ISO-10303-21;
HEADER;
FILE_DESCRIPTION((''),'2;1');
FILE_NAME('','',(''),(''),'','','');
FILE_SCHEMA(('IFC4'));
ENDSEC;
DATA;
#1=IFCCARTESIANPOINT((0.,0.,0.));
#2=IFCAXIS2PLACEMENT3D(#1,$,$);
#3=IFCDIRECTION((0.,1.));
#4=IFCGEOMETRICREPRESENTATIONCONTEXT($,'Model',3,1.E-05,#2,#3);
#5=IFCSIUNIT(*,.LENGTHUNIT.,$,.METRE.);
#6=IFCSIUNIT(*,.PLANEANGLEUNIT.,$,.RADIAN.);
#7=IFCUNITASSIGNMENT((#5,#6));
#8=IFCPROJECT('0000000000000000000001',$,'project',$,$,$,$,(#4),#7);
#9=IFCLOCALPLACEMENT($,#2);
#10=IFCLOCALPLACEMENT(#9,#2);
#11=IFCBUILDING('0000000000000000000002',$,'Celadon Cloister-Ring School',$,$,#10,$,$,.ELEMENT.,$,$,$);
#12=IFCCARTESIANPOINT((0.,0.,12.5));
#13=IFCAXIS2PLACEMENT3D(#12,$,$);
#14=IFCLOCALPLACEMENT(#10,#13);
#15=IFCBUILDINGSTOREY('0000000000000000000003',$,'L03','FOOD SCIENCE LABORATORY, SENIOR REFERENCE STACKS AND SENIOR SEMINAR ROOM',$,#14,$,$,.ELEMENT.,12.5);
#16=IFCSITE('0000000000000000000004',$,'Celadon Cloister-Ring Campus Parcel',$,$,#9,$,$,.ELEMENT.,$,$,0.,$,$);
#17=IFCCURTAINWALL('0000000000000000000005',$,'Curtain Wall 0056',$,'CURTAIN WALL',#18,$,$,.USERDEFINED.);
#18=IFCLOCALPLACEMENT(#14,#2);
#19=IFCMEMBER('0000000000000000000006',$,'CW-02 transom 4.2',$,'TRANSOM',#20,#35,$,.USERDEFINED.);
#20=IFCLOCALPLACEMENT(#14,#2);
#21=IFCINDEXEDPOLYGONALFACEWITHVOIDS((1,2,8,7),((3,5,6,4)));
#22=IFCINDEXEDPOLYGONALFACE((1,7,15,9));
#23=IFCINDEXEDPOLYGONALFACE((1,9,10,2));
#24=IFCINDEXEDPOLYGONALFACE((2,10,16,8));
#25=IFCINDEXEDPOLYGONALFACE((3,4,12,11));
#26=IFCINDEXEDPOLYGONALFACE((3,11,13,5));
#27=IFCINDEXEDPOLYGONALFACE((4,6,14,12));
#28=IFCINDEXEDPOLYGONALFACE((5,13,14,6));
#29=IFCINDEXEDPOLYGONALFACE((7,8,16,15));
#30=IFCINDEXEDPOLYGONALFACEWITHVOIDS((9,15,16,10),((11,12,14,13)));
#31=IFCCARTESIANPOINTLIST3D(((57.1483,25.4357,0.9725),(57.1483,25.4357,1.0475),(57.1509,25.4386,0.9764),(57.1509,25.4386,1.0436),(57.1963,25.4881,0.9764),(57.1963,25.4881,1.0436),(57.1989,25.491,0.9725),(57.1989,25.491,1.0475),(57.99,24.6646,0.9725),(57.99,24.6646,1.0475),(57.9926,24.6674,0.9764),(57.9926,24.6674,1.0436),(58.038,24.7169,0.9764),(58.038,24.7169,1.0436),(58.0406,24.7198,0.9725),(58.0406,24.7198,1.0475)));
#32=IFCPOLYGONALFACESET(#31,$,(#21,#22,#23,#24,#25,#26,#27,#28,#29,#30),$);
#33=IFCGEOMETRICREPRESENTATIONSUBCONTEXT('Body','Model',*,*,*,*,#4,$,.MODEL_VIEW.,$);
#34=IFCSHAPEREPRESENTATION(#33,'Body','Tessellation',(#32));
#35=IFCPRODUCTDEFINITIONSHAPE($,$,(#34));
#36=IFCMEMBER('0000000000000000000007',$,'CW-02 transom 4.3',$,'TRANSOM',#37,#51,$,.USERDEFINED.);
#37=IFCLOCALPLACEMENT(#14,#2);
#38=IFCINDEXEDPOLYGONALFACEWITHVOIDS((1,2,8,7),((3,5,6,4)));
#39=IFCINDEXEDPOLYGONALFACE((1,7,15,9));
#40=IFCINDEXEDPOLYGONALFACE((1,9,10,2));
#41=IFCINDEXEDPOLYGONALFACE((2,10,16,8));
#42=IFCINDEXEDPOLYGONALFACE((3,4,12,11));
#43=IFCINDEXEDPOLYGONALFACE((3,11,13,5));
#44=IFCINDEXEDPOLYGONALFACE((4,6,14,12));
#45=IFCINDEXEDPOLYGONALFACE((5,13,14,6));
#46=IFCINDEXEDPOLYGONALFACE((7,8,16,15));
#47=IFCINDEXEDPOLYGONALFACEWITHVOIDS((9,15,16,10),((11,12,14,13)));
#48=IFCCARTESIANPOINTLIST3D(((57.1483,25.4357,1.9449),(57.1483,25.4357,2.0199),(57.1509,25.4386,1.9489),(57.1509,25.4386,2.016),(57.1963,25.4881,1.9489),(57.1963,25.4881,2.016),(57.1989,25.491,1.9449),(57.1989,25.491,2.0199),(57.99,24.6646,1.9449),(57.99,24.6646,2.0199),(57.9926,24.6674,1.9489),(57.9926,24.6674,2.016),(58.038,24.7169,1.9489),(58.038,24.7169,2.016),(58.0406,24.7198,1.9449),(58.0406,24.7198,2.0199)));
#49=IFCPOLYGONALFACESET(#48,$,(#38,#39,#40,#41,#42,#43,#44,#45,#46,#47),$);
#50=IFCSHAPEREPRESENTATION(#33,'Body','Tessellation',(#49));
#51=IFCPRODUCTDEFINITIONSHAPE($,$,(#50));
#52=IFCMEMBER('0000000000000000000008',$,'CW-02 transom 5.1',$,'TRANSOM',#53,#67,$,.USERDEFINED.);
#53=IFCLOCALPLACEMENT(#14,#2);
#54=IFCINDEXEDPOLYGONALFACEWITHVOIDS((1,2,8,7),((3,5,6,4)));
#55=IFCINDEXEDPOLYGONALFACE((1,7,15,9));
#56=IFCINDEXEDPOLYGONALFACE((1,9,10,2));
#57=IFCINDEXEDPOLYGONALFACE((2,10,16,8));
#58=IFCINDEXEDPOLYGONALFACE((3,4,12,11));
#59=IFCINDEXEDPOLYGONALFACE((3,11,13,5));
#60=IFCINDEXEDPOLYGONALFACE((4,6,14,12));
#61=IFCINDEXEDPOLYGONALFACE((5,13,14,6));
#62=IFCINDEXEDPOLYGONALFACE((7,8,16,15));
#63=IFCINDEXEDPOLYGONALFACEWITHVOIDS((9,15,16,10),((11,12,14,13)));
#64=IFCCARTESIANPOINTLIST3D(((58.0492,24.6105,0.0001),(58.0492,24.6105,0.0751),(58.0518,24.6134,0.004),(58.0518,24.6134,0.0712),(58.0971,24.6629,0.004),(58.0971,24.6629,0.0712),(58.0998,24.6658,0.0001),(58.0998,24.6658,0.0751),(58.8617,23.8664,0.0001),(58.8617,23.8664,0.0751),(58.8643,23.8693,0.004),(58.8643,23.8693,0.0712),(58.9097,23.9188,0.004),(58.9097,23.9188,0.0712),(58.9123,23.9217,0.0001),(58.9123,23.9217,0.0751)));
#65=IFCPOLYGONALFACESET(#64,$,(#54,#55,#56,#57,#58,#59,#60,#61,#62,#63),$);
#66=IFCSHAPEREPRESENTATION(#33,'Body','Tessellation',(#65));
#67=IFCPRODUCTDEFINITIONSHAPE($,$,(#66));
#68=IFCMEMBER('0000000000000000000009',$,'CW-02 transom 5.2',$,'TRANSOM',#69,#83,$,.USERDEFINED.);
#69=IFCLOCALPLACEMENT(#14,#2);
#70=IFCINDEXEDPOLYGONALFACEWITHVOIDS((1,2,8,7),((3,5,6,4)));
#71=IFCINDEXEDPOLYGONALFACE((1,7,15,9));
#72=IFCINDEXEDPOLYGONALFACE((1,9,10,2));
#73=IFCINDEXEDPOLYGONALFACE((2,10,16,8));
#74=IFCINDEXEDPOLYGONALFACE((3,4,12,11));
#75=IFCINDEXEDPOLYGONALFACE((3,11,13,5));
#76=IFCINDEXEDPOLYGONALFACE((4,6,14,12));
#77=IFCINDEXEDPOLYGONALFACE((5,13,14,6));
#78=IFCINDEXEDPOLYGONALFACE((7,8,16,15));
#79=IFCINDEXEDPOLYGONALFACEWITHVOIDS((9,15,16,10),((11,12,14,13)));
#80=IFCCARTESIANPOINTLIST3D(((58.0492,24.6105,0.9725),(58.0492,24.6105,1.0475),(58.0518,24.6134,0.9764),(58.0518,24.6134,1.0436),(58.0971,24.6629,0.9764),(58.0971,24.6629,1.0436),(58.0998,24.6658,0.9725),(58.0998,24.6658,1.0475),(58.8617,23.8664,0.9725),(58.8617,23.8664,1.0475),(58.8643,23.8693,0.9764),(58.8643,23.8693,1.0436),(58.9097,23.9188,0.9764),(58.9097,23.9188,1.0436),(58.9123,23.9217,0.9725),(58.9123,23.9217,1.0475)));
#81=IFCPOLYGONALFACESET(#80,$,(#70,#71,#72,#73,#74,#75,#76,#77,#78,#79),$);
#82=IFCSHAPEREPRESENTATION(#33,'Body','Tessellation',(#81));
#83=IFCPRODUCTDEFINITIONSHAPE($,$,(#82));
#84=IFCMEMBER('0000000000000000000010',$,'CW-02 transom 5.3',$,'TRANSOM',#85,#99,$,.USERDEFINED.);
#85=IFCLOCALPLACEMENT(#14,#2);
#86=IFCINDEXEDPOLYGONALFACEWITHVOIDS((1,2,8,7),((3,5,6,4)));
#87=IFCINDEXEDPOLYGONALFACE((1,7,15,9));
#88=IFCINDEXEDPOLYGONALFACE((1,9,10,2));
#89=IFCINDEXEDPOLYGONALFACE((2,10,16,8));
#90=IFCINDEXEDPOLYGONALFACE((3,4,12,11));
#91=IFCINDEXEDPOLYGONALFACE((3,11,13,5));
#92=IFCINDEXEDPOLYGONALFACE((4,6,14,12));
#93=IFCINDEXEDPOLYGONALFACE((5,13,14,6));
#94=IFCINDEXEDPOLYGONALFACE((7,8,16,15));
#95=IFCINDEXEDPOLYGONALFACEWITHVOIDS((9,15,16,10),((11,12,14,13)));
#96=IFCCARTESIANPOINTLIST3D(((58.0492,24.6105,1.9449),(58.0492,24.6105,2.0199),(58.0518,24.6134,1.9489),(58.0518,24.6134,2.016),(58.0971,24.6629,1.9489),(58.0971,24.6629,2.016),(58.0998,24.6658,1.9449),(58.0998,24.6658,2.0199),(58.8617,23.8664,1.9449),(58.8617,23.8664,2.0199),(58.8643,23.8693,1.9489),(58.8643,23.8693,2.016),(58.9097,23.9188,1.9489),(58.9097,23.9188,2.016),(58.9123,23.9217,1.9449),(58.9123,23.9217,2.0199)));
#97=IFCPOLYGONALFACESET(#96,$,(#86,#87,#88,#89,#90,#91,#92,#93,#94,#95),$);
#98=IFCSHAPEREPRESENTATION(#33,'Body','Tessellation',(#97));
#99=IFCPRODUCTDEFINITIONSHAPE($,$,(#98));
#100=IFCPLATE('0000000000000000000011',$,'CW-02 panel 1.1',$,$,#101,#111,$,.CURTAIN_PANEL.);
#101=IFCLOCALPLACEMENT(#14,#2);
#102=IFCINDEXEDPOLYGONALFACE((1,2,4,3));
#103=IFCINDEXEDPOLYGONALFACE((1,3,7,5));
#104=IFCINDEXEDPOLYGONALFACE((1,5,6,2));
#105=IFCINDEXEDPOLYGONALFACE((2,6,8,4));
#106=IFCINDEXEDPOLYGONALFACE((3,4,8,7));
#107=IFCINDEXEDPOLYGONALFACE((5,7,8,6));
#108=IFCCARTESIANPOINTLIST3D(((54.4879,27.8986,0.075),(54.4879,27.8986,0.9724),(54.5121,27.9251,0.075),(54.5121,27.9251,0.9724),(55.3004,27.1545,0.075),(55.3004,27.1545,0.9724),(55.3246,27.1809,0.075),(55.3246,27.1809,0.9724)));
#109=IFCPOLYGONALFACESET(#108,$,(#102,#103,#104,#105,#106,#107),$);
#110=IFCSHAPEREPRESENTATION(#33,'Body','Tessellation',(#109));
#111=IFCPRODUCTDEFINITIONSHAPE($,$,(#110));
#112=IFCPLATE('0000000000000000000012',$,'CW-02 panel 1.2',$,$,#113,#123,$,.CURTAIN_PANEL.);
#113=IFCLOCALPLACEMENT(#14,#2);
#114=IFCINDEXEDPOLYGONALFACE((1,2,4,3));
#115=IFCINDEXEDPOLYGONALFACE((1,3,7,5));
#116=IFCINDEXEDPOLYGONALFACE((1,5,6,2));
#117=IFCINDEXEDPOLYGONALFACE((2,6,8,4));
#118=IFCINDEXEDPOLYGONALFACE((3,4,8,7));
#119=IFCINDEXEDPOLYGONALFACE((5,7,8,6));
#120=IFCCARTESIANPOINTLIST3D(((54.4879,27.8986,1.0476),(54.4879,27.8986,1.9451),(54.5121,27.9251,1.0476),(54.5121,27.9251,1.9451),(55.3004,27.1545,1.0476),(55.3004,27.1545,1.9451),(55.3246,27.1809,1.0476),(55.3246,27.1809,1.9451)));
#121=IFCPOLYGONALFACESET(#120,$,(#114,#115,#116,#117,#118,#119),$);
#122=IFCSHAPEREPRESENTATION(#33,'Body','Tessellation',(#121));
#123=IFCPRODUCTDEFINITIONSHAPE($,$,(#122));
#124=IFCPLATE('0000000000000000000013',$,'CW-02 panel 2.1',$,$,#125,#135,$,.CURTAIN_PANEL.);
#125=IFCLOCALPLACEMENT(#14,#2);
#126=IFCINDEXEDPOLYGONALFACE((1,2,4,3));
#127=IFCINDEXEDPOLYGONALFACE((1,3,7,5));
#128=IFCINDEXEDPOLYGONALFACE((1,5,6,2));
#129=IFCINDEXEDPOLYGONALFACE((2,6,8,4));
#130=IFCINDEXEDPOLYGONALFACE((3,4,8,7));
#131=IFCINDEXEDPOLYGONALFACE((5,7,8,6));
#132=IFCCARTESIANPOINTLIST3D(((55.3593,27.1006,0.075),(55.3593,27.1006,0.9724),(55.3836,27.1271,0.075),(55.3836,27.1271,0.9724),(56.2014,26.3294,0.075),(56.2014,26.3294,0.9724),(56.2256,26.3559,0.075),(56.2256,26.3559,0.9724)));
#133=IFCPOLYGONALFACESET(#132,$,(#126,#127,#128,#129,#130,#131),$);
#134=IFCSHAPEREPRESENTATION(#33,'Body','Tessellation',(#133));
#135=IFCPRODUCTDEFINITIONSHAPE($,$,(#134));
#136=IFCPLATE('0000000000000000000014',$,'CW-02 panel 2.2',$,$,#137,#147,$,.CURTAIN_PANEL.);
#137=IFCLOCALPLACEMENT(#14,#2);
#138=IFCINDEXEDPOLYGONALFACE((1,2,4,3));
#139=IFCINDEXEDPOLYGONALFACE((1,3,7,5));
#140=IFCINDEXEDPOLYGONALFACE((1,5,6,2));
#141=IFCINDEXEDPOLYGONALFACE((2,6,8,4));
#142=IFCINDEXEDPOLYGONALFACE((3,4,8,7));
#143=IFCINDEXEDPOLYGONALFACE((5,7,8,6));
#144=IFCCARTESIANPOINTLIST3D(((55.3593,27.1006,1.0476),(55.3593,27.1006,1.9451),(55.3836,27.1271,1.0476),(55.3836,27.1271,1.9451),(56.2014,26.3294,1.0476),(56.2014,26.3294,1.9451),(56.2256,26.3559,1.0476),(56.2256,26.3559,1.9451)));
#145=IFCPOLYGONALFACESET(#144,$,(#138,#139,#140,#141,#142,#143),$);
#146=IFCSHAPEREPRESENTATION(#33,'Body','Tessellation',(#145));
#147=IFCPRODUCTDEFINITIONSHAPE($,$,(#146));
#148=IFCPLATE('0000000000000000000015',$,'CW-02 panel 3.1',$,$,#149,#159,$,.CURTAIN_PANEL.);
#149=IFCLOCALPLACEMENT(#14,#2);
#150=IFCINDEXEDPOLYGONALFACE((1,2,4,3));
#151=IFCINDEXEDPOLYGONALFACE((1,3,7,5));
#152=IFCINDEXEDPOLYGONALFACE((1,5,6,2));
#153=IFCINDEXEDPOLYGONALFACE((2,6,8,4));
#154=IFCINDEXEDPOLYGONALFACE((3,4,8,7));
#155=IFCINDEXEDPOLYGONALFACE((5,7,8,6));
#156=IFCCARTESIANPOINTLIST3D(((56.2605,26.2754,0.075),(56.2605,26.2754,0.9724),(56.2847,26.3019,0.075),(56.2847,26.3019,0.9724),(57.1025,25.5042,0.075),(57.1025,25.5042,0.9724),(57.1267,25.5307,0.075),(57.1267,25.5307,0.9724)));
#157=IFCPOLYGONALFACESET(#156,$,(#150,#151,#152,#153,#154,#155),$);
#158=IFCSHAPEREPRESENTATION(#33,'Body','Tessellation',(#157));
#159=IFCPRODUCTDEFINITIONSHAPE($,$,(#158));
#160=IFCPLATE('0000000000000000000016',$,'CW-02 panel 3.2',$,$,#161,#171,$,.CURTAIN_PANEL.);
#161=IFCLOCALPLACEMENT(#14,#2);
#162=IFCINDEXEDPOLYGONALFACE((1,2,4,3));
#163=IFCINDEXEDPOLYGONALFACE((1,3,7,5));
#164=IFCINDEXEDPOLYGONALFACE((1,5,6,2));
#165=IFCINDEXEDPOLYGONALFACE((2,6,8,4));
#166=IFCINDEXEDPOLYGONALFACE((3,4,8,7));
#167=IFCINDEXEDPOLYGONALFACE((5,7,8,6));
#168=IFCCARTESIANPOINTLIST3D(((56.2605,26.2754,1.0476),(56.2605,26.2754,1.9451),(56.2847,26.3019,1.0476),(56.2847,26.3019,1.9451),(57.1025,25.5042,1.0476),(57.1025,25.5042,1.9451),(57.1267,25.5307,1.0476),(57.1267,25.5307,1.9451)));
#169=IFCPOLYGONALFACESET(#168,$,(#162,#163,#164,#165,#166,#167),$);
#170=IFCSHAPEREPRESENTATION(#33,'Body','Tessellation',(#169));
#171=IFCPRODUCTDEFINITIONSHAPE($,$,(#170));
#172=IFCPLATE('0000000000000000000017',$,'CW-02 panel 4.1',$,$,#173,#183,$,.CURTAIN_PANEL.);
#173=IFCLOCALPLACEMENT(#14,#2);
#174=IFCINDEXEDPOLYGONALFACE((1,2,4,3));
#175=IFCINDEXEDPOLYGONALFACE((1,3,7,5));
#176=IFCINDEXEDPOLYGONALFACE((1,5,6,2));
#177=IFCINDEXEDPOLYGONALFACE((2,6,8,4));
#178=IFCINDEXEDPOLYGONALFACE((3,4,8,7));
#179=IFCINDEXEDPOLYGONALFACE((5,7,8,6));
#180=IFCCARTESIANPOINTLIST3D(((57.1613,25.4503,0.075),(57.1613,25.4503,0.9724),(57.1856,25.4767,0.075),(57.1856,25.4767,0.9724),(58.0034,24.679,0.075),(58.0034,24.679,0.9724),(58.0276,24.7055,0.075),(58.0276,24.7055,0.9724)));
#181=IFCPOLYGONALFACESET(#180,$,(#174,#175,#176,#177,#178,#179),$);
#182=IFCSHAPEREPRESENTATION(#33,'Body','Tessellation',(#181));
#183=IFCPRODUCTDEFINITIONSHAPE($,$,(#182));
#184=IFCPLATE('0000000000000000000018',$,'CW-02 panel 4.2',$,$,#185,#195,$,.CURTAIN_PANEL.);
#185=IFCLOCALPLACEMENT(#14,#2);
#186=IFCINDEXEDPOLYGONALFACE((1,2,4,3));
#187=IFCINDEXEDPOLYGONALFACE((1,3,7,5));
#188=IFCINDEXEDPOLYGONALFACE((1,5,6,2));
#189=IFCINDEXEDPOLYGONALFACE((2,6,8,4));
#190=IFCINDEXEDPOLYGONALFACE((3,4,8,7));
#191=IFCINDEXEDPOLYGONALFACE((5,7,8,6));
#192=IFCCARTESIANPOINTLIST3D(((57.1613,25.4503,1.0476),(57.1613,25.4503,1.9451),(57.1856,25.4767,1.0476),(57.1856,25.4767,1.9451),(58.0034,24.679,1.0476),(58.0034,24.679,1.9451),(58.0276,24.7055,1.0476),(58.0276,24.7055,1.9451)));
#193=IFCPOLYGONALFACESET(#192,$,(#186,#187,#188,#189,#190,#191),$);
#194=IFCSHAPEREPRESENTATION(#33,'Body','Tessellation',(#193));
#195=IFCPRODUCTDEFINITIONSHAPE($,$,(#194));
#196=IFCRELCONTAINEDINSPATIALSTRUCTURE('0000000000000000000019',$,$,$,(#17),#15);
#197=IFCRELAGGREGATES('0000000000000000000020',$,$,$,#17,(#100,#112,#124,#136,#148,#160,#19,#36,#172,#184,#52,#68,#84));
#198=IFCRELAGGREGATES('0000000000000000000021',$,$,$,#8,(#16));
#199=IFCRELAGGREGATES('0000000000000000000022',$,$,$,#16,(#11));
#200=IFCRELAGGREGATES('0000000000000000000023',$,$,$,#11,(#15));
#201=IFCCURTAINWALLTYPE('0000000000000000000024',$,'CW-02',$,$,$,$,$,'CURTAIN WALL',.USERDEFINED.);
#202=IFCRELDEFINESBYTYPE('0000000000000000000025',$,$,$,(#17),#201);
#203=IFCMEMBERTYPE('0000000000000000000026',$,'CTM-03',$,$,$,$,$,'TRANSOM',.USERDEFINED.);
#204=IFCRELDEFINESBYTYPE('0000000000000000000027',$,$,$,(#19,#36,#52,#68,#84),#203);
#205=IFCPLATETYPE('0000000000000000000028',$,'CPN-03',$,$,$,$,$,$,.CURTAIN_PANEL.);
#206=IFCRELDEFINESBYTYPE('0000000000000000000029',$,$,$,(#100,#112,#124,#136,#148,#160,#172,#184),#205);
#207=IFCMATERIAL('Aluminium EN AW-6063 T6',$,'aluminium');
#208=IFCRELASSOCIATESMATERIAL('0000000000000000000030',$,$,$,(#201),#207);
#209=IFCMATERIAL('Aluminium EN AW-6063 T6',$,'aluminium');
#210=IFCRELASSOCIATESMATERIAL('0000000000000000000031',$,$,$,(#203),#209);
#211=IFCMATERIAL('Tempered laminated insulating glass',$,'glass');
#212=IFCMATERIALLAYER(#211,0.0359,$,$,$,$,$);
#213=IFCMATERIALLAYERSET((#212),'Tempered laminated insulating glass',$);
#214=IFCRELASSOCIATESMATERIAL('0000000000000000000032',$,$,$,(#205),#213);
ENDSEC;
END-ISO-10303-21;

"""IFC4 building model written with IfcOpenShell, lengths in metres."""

from ifc_helpers import new_model, si_unit, direction, frame, origin, origin_2d, place, context, subcontext, project, spatial, rectangle, hollow_rectangle, extrude, material, layer, layer_set, material_profile, profile_set, type_object, element, aggregate, save


model = new_model("IFC4")

# Units and contexts
model_context = context("Model", 3, precision=1e-05, world=origin(), true_north=direction((0.0, 1.0)))
body_context = subcontext(model_context, "Body", "Model", "MODEL_VIEW")
ifc_project = project(units=[si_unit("LENGTHUNIT", "METRE"), si_unit("PLANEANGLEUNIT", "RADIAN")], contexts=[model_context])

# Site, building, storey
site_placement = place(None, origin())
site = spatial("IfcSite", under=ifc_project, at=site_placement, Name="Celadon Cloister-Ring Campus Parcel", CompositionType="ELEMENT", RefElevation=0.0)
building_placement = place(site_placement, origin())
building = spatial("IfcBuilding", under=site, at=building_placement, Name="Celadon Cloister-Ring School", CompositionType="ELEMENT")
storey_placement = place(building_placement, frame((0.0, 0.0, 12.5)))
storey = spatial("IfcBuildingStorey", under=building, at=storey_placement, Name="L03", Description="FOOD SCIENCE LABORATORY, SENIOR REFERENCE STACKS AND SENIOR SEMINAR ROOM", CompositionType="ELEMENT", Elevation=12.5)

# Curtain wall, members, plates
ifc_material_1 = material(Name="Aluminium EN AW-6063 T6", Category="aluminium")
curtain_wall_type = type_object("IfcCurtainWallType", Name="CW-02", ElementType="CURTAIN WALL", PredefinedType="USERDEFINED", material=ifc_material_1)
curtain_wall_placement = place(storey_placement, origin())
curtain_wall = element("IfcCurtainWall", 1, at=curtain_wall_placement, inside=storey, type_object=curtain_wall_type, Name="Curtain Wall 0056", ObjectType="CURTAIN WALL", PredefinedType="USERDEFINED")
ifc_material_2 = material(Name="Aluminium EN AW-6063 T6", Category="aluminium")
ifc_material_profile_1 = material_profile(ifc_material_2, hollow_rectangle(XDim=0.075, YDim=0.075, WallThickness=0.0039, at=origin_2d()), Name="RHS75X75X4")
ifc_profile_set_1 = profile_set([ifc_material_profile_1], Name="Aluminium EN AW-6063 T6")
member_type_1 = type_object("IfcMemberType", Name="CTM-03", ElementType="TRANSOM", PredefinedType="USERDEFINED", material=ifc_profile_set_1)
member_1_placement = place(storey_placement, frame((57.1736, 25.4634, 1.01), z_axis=(0.737332, -0.675531, 0.0), x_axis=(0.675531, 0.737332, 0.0)))
member_1 = element("IfcMember", 2, at=member_1_placement, type_object=member_type_1, Name="CW-02 transom 4.2", ObjectType="TRANSOM", PredefinedType="USERDEFINED", context=body_context, shape_type="SweptSolid", body=[
    extrude(hollow_rectangle(XDim=0.075, YDim=0.075, WallThickness=0.0039, at=origin_2d()), origin(), (0.0, 0.0, 1.0), 1.1416),
])
member_2_placement = place(storey_placement, frame((57.1736, 25.4634, 1.9824), z_axis=(0.737332, -0.675531, 0.0), x_axis=(0.675531, 0.737332, 0.0)))
member_2 = element("IfcMember", 3, at=member_2_placement, type_object=member_type_1, Name="CW-02 transom 4.3", ObjectType="TRANSOM", PredefinedType="USERDEFINED", context=body_context, shape_type="SweptSolid", body=[
    extrude(hollow_rectangle(XDim=0.075, YDim=0.075, WallThickness=0.0039, at=origin_2d()), origin(), (0.0, 0.0, 1.0), 1.1416),
])
member_3_placement = place(storey_placement, frame((58.0745, 24.6382, 0.0376), z_axis=(0.737448, -0.675403, 0.0), x_axis=(0.675403, 0.737448, 0.0)))
member_3 = element("IfcMember", 4, at=member_3_placement, type_object=member_type_1, Name="CW-02 transom 5.1", ObjectType="TRANSOM", PredefinedType="USERDEFINED", context=body_context, shape_type="SweptSolid", body=[
    extrude(hollow_rectangle(XDim=0.075, YDim=0.075, WallThickness=0.0039, at=origin_2d()), origin(), (0.0, 0.0, 1.0), 1.1018),
])
member_4_placement = place(storey_placement, frame((58.0745, 24.6382, 1.01), z_axis=(0.737448, -0.675403, 0.0), x_axis=(0.675403, 0.737448, 0.0)))
member_4 = element("IfcMember", 5, at=member_4_placement, type_object=member_type_1, Name="CW-02 transom 5.2", ObjectType="TRANSOM", PredefinedType="USERDEFINED", context=body_context, shape_type="SweptSolid", body=[
    extrude(hollow_rectangle(XDim=0.075, YDim=0.075, WallThickness=0.0039, at=origin_2d()), origin(), (0.0, 0.0, 1.0), 1.1018),
])
member_5_placement = place(storey_placement, frame((58.0745, 24.6382, 1.9824), z_axis=(0.737448, -0.675403, 0.0), x_axis=(0.675403, 0.737448, 0.0)))
member_5 = element("IfcMember", 6, at=member_5_placement, type_object=member_type_1, Name="CW-02 transom 5.3", ObjectType="TRANSOM", PredefinedType="USERDEFINED", context=body_context, shape_type="SweptSolid", body=[
    extrude(hollow_rectangle(XDim=0.075, YDim=0.075, WallThickness=0.0039, at=origin_2d()), origin(), (0.0, 0.0, 1.0), 1.1018),
])
ifc_material_3 = material(Name="Tempered laminated insulating glass", Category="glass")
ifc_layer = layer(ifc_material_3, 0.0359)
ifc_layer_set = layer_set([ifc_layer], Name="Tempered laminated insulating glass")
plate_type = type_object("IfcPlateType", Name="CPN-03", PredefinedType="CURTAIN_PANEL", material=ifc_layer_set)
plate_1_placement = place(storey_placement, frame((54.9062, 27.5398, 0.075), z_axis=(0.0, 0.0, 1.0), x_axis=(0.737446, -0.675406, 0.0)))
plate_1 = element("IfcPlate", 7, at=plate_1_placement, type_object=plate_type, Name="CW-02 panel 1.1", PredefinedType="CURTAIN_PANEL", context=body_context, shape_type="SweptSolid", body=[
    extrude(rectangle(XDim=1.1018, YDim=0.0359, at=origin_2d()), origin(), (0.0, 0.0, 1.0), 0.8975),
])
plate_2_placement = place(storey_placement, frame((54.9062, 27.5398, 1.0476), z_axis=(0.0, 0.0, 1.0), x_axis=(0.737446, -0.675406, 0.0)))
plate_2 = element("IfcPlate", 8, at=plate_2_placement, type_object=plate_type, Name="CW-02 panel 1.2", PredefinedType="CURTAIN_PANEL", context=body_context, shape_type="SweptSolid", body=[
    extrude(rectangle(XDim=1.1018, YDim=0.0359, at=origin_2d()), origin(), (0.0, 0.0, 1.0), 0.8975),
])
plate_3_placement = place(storey_placement, frame((55.7925, 26.7283, 0.075), z_axis=(0.0, 0.0, 1.0), x_axis=(0.737446, -0.675406, 0.0)))
plate_3 = element("IfcPlate", 9, at=plate_3_placement, type_object=plate_type, Name="CW-02 panel 2.1", PredefinedType="CURTAIN_PANEL", context=body_context, shape_type="SweptSolid", body=[
    extrude(rectangle(XDim=1.1418, YDim=0.0359, at=origin_2d()), origin(), (0.0, 0.0, 1.0), 0.8975),
])
plate_4_placement = place(storey_placement, frame((55.7925, 26.7283, 1.0476), z_axis=(0.0, 0.0, 1.0), x_axis=(0.737446, -0.675406, 0.0)))
plate_4 = element("IfcPlate", 10, at=plate_4_placement, type_object=plate_type, Name="CW-02 panel 2.2", PredefinedType="CURTAIN_PANEL", context=body_context, shape_type="SweptSolid", body=[
    extrude(rectangle(XDim=1.1418, YDim=0.0359, at=origin_2d()), origin(), (0.0, 0.0, 1.0), 0.8975),
])
plate_5_placement = place(storey_placement, frame((56.6936, 25.9031, 0.075), z_axis=(0.0, 0.0, 1.0), x_axis=(0.737446, -0.675406, 0.0)))
plate_5 = element("IfcPlate", 11, at=plate_5_placement, type_object=plate_type, Name="CW-02 panel 3.1", PredefinedType="CURTAIN_PANEL", context=body_context, shape_type="SweptSolid", body=[
    extrude(rectangle(XDim=1.1418, YDim=0.0359, at=origin_2d()), origin(), (0.0, 0.0, 1.0), 0.8975),
])
plate_6_placement = place(storey_placement, frame((56.6936, 25.9031, 1.0476), z_axis=(0.0, 0.0, 1.0), x_axis=(0.737446, -0.675406, 0.0)))
plate_6 = element("IfcPlate", 12, at=plate_6_placement, type_object=plate_type, Name="CW-02 panel 3.2", PredefinedType="CURTAIN_PANEL", context=body_context, shape_type="SweptSolid", body=[
    extrude(rectangle(XDim=1.1418, YDim=0.0359, at=origin_2d()), origin(), (0.0, 0.0, 1.0), 0.8975),
])
plate_7_placement = place(storey_placement, frame((57.5945, 25.0779, 0.075), z_axis=(0.0, 0.0, 1.0), x_axis=(0.737446, -0.675406, 0.0)))
plate_7 = element("IfcPlate", 13, at=plate_7_placement, type_object=plate_type, Name="CW-02 panel 4.1", PredefinedType="CURTAIN_PANEL", context=body_context, shape_type="SweptSolid", body=[
    extrude(rectangle(XDim=1.1418, YDim=0.0359, at=origin_2d()), origin(), (0.0, 0.0, 1.0), 0.8975),
])
plate_8_placement = place(storey_placement, frame((57.5945, 25.0779, 1.0476), z_axis=(0.0, 0.0, 1.0), x_axis=(0.737446, -0.675406, 0.0)))
plate_8 = element("IfcPlate", 14, at=plate_8_placement, type_object=plate_type, Name="CW-02 panel 4.2", PredefinedType="CURTAIN_PANEL", context=body_context, shape_type="SweptSolid", body=[
    extrude(rectangle(XDim=1.1418, YDim=0.0359, at=origin_2d()), origin(), (0.0, 0.0, 1.0), 0.8975),
])
aggregate(curtain_wall, [plate_1, plate_2, plate_3, plate_4, plate_5, plate_6, member_1, member_2, plate_7, plate_8, member_3, member_4, member_5])

save(model, "model.ifc")
